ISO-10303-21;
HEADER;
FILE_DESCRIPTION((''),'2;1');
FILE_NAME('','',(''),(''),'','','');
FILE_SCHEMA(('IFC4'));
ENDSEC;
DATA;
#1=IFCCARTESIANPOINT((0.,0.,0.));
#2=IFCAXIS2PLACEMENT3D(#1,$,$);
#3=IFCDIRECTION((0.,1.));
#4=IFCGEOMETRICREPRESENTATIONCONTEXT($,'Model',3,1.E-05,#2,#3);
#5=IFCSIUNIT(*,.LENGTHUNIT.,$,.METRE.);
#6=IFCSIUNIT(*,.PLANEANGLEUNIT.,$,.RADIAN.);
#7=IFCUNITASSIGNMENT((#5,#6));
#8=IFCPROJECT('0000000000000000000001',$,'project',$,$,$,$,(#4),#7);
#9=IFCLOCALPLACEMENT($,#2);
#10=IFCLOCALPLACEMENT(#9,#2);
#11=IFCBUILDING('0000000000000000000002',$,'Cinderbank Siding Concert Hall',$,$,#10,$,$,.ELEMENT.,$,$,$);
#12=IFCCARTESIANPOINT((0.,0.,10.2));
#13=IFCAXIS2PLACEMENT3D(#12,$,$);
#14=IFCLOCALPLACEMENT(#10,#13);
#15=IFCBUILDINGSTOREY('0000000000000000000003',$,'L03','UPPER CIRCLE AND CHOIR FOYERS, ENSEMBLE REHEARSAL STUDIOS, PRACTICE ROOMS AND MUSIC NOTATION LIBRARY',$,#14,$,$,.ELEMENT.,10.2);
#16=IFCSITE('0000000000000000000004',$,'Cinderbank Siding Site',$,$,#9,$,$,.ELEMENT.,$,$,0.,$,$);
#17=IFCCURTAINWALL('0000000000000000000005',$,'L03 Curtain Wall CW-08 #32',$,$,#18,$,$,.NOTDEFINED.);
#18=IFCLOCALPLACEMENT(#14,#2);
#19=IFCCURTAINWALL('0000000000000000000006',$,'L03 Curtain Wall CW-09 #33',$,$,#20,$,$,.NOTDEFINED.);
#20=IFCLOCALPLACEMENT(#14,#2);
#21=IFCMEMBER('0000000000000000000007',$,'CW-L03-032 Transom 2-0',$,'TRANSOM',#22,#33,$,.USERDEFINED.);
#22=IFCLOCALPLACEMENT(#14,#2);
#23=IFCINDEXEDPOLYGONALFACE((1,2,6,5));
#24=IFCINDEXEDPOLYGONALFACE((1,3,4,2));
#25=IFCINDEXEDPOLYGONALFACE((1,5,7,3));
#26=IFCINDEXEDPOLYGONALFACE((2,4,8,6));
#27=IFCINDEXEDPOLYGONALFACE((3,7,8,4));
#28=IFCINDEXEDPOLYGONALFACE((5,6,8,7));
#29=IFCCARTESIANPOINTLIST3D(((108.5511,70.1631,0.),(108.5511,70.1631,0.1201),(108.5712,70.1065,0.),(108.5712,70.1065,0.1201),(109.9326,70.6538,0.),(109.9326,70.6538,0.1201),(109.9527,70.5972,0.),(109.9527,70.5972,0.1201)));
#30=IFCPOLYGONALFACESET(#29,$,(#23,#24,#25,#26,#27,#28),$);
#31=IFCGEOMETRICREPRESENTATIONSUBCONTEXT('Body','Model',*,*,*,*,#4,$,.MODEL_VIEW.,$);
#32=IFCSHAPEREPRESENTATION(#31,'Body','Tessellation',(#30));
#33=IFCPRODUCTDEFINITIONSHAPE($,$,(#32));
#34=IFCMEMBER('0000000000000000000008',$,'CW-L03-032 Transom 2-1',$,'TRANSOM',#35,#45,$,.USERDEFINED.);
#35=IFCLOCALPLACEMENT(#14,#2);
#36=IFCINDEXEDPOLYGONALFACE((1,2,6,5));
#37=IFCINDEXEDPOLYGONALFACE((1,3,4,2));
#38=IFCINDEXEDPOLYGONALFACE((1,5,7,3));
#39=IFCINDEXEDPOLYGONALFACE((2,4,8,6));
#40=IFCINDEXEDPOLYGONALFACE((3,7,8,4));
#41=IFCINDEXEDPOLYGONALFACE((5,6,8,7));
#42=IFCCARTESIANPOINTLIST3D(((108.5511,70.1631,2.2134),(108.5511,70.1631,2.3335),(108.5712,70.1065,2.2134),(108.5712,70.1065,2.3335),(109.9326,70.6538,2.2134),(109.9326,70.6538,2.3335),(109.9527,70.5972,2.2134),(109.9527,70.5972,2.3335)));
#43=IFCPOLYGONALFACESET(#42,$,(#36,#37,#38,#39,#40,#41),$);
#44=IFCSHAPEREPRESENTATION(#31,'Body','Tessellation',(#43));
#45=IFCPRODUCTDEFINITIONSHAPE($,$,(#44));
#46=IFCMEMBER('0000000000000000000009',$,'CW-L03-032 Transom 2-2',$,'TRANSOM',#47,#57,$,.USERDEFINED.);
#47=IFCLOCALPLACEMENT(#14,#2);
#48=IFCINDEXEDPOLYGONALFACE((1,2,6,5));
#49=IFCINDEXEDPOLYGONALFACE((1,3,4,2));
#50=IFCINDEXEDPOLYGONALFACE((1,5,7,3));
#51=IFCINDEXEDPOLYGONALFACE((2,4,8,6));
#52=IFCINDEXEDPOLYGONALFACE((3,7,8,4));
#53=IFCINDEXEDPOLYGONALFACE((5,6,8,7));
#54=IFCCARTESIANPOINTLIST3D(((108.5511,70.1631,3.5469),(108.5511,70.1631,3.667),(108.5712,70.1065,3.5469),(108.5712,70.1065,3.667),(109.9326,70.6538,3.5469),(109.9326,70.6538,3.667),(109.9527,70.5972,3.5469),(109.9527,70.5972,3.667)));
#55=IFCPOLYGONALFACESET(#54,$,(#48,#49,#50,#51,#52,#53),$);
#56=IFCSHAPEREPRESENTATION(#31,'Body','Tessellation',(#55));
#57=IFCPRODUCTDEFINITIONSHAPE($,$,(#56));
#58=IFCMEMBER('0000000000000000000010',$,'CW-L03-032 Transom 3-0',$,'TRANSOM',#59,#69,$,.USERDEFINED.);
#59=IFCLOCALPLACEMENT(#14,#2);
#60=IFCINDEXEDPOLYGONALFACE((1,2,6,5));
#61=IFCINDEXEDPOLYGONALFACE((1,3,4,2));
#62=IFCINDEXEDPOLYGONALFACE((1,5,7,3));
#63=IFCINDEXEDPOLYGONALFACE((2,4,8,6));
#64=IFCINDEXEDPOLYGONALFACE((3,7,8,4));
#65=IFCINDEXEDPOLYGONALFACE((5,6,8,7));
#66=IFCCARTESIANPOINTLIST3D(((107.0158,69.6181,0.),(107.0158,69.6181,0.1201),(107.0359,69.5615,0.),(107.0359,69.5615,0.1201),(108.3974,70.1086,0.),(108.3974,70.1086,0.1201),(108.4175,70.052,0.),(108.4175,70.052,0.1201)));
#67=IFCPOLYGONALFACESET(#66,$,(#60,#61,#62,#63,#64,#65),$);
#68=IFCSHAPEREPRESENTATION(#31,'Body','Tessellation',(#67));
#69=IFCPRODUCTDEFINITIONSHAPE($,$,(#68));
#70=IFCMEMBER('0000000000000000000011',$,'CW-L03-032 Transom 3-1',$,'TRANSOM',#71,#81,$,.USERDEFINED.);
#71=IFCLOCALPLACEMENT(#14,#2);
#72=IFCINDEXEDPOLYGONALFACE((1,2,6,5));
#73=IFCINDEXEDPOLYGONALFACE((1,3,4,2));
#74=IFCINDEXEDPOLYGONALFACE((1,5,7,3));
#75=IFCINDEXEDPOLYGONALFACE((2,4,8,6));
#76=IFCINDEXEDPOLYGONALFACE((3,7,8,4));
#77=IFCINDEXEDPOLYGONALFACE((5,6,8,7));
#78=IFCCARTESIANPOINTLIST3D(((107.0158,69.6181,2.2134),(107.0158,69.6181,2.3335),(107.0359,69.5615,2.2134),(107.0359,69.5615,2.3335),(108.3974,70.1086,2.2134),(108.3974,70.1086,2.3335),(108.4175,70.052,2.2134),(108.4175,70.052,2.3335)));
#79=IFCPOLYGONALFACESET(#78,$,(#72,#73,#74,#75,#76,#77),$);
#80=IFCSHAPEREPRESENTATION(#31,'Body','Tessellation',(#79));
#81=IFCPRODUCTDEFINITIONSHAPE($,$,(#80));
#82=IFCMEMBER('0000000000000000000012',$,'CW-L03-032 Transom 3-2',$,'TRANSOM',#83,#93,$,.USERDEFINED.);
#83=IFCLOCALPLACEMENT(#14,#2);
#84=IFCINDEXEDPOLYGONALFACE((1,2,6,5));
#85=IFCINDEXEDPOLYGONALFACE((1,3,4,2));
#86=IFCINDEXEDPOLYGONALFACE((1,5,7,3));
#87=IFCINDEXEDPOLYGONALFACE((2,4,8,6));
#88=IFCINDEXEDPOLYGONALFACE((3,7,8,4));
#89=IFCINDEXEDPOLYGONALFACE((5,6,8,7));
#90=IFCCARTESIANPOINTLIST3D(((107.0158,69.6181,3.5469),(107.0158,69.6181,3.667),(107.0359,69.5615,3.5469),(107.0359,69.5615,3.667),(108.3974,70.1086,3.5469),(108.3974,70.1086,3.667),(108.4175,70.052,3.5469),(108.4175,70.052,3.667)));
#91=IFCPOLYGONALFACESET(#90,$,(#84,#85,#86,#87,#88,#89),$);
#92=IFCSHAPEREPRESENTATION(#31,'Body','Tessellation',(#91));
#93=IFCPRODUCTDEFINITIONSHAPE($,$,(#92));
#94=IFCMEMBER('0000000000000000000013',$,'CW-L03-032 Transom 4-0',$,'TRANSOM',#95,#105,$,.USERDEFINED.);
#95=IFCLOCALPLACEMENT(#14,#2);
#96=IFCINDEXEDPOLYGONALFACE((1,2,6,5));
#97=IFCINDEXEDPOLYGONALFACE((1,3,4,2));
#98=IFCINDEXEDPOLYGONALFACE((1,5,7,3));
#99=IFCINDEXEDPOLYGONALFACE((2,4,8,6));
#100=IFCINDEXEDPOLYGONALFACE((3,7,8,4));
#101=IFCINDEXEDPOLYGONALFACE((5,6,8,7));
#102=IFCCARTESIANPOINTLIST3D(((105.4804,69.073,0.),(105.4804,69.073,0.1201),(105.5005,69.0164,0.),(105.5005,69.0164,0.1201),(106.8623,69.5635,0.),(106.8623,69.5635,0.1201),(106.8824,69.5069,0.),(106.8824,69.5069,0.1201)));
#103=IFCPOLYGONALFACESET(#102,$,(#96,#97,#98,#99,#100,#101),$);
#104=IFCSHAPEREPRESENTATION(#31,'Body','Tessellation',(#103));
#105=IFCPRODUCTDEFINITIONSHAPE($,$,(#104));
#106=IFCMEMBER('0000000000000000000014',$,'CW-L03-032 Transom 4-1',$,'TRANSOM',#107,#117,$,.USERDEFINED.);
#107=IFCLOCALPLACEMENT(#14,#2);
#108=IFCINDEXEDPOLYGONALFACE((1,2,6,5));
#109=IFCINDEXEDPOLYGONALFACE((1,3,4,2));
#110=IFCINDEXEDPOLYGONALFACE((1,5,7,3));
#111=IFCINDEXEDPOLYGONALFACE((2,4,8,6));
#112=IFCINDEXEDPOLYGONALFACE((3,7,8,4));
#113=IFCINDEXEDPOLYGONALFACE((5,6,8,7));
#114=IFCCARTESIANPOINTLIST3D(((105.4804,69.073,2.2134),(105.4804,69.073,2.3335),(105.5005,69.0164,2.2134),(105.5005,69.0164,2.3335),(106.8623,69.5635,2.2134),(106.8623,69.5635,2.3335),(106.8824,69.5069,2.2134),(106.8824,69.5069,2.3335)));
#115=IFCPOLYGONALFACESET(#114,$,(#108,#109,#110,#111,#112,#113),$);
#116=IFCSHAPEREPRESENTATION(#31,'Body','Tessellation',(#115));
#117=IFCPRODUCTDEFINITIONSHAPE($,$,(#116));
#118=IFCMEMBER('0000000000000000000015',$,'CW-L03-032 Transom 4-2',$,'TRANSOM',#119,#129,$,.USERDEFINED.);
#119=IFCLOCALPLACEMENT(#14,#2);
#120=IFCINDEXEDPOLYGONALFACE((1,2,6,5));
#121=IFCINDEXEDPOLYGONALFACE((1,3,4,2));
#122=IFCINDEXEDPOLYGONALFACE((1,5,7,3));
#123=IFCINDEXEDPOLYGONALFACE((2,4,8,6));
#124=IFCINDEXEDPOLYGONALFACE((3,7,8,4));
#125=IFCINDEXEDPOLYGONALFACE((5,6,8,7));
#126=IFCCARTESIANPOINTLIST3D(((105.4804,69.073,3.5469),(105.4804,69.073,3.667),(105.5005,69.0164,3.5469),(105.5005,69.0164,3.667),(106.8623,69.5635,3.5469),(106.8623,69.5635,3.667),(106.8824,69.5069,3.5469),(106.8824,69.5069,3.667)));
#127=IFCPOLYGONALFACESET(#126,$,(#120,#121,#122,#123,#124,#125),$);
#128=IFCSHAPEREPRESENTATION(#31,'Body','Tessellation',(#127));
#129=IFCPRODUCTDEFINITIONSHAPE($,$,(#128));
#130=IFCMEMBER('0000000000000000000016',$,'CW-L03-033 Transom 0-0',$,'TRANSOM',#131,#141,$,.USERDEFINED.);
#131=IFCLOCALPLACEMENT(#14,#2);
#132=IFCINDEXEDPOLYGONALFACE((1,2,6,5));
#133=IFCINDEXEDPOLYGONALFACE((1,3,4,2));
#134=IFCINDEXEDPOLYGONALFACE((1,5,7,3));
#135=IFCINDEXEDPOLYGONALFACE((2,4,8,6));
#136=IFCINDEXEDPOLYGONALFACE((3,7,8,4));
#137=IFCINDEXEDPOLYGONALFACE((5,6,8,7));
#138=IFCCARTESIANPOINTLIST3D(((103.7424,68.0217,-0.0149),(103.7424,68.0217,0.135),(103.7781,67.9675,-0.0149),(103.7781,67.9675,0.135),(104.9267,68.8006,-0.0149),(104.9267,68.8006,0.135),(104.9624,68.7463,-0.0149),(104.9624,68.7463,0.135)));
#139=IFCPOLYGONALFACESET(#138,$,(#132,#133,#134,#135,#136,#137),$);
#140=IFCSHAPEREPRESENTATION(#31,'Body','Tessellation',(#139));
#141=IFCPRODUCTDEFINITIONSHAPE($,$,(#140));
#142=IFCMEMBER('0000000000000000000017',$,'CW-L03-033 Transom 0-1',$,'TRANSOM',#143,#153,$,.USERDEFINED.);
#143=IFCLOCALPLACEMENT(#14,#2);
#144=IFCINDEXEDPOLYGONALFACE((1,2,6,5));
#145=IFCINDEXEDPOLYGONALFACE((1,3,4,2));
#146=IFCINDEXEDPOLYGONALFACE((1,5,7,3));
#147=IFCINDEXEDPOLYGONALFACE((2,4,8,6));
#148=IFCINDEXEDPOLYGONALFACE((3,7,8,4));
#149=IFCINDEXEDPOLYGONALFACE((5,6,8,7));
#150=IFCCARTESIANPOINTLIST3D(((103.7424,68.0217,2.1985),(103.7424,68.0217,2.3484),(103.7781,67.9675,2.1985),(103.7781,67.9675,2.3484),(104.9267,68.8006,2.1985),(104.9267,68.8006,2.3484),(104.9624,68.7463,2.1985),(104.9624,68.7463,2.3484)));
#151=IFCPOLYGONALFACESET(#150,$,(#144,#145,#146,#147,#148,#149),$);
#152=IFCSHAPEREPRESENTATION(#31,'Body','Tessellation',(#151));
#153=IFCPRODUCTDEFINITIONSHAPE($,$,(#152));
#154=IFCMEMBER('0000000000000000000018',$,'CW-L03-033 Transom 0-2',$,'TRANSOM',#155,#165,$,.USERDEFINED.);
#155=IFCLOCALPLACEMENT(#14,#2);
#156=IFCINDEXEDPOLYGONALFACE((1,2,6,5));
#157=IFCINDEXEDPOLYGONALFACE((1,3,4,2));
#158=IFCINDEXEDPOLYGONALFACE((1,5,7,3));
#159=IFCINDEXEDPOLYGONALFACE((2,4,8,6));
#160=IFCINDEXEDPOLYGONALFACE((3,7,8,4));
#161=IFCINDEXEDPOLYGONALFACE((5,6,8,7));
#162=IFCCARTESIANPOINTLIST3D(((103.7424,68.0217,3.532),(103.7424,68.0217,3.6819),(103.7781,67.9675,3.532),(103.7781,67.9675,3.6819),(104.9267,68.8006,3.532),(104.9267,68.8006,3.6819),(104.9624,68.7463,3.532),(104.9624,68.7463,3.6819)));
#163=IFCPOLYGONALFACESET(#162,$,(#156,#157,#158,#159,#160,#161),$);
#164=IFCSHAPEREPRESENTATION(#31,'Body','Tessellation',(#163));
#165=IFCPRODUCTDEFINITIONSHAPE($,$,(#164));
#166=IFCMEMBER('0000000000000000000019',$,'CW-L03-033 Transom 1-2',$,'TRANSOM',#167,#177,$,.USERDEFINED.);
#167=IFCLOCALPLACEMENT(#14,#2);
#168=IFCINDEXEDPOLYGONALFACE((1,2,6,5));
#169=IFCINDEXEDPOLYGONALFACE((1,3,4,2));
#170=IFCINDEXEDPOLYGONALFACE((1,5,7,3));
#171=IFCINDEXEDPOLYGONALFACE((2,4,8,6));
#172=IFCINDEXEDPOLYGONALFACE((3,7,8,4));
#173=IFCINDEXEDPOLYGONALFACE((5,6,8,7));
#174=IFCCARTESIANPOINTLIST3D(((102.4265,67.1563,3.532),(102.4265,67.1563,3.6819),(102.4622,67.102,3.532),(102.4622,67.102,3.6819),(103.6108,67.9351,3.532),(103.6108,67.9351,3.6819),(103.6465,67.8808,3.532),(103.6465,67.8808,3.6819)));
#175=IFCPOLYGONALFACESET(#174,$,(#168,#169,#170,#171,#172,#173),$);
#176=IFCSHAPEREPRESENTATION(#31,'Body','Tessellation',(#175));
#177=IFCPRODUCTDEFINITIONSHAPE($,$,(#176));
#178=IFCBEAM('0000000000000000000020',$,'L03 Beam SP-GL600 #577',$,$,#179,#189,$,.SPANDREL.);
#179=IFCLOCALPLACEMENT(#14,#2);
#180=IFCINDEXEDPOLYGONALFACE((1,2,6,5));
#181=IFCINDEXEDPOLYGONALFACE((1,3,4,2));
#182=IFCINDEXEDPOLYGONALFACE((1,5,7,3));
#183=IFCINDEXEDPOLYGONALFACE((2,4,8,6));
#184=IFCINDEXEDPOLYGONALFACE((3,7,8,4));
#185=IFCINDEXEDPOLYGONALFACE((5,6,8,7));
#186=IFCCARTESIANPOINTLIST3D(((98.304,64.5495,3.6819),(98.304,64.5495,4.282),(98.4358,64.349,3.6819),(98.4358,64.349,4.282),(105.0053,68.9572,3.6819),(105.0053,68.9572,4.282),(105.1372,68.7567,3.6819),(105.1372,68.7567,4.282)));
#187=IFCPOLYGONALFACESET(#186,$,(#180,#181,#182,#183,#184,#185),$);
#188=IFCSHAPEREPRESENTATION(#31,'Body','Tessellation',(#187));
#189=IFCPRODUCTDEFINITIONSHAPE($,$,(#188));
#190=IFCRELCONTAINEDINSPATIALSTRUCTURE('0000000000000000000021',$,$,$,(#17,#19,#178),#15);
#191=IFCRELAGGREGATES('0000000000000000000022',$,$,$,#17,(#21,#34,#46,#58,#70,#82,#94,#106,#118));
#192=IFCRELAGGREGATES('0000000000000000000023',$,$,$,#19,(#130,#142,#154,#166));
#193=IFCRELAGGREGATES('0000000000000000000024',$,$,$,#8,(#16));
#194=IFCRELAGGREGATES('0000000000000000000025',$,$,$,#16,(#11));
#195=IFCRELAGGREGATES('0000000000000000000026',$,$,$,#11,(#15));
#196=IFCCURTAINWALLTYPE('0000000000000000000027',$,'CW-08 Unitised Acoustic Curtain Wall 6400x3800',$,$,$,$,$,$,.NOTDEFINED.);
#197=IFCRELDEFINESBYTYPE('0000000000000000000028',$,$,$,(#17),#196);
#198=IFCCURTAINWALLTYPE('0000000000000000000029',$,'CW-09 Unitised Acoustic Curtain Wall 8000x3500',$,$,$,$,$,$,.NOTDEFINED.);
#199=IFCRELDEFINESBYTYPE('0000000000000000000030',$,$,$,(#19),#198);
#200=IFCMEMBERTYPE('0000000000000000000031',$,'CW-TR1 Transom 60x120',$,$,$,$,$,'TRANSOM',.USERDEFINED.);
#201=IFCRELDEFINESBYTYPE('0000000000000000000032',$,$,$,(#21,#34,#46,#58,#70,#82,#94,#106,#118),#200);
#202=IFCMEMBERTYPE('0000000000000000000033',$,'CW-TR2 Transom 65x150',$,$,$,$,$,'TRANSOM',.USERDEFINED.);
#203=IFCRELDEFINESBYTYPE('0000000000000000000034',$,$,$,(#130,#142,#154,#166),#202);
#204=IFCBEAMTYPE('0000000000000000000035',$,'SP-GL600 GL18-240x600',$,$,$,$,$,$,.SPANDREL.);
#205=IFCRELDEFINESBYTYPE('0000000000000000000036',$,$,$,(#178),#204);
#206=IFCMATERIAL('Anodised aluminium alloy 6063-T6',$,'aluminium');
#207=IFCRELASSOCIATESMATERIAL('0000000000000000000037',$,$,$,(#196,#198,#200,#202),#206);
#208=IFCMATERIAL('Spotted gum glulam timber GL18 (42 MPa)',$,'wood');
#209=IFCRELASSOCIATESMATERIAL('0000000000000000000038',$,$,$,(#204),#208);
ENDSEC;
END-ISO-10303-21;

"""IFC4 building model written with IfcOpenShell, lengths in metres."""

from ifc_helpers import new_model, si_unit, direction, frame, origin, origin_2d, place, context, subcontext, project, spatial, rectangle, extrude, material, material_profile, profile_set, type_object, element, aggregate, save


model = new_model("IFC4")

# Units and contexts
model_context = context("Model", 3, precision=1e-05, world=origin(), true_north=direction((0.0, 1.0)))
body_context = subcontext(model_context, "Body", "Model", "MODEL_VIEW")
ifc_project = project(units=[si_unit("LENGTHUNIT", "METRE"), si_unit("PLANEANGLEUNIT", "RADIAN")], contexts=[model_context])

# Site, building, storey
site_placement = place(None, origin())
site = spatial("IfcSite", under=ifc_project, at=site_placement, Name="Cinderbank Siding Site", CompositionType="ELEMENT", RefElevation=0.0)
building_placement = place(site_placement, origin())
building = spatial("IfcBuilding", under=site, at=building_placement, Name="Cinderbank Siding Concert Hall", CompositionType="ELEMENT")
storey_placement = place(building_placement, frame((0.0, 0.0, 10.2)))
storey = spatial("IfcBuildingStorey", under=building, at=storey_placement, Name="L03", Description="UPPER CIRCLE AND CHOIR FOYERS, ENSEMBLE REHEARSAL STUDIOS, PRACTICE ROOMS AND MUSIC NOTATION LIBRARY", CompositionType="ELEMENT", Elevation=10.2)

# Curtain walls
ifc_material_1 = material(Name="Anodised aluminium alloy 6063-T6", Category="aluminium")
curtain_wall_type_1 = type_object("IfcCurtainWallType", Name="CW-08 Unitised Acoustic Curtain Wall 6400x3800", PredefinedType="NOTDEFINED", material=ifc_material_1)
curtain_wall_1_placement = place(storey_placement, origin())
curtain_wall_1 = element("IfcCurtainWall", 1, at=curtain_wall_1_placement, inside=storey, type_object=curtain_wall_type_1, Name="L03 Curtain Wall CW-08 #32", PredefinedType="NOTDEFINED")
curtain_wall_type_2 = type_object("IfcCurtainWallType", Name="CW-09 Unitised Acoustic Curtain Wall 8000x3500", PredefinedType="NOTDEFINED", material=ifc_material_1)
curtain_wall_2_placement = place(storey_placement, origin())
curtain_wall_2 = element("IfcCurtainWall", 2, at=curtain_wall_2_placement, inside=storey, type_object=curtain_wall_type_2, Name="L03 Curtain Wall CW-09 #33", PredefinedType="NOTDEFINED")

# Members
ifc_material_profile_1 = material_profile(ifc_material_1, rectangle(XDim=0.0601, YDim=0.1201, at=origin_2d()), Name="ALU-TRAN-60x120", Category="LoadBearing")
ifc_profile_set_1 = profile_set([ifc_material_profile_1], Name="Anodised aluminium alloy 6063-T6")
member_type_1 = type_object("IfcMemberType", Name="CW-TR1 Transom 60x120", ElementType="TRANSOM", PredefinedType="USERDEFINED", material=ifc_profile_set_1)
member_1_placement = place(storey_placement, frame((109.9426, 70.6255, 0.0601), z_axis=(-0.942324, -0.334701, 0.0), x_axis=(0.334701, -0.942324, 0.0)))
member_1 = element("IfcMember", 3, at=member_1_placement, type_object=member_type_1, Name="CW-L03-032 Transom 2-0", ObjectType="TRANSOM", PredefinedType="USERDEFINED", context=body_context, shape_type="SweptSolid", body=[
    extrude(rectangle(XDim=0.0601, YDim=0.1201, at=origin_2d()), origin(), (0.0, 0.0, 1.0), 1.4661),
])
member_2_placement = place(storey_placement, frame((109.9426, 70.6255, 2.2734), z_axis=(-0.942324, -0.334701, 0.0), x_axis=(0.334701, -0.942324, 0.0)))
member_2 = element("IfcMember", 4, at=member_2_placement, type_object=member_type_1, Name="CW-L03-032 Transom 2-1", ObjectType="TRANSOM", PredefinedType="USERDEFINED", context=body_context, shape_type="SweptSolid", body=[
    extrude(rectangle(XDim=0.0601, YDim=0.1201, at=origin_2d()), origin(), (0.0, 0.0, 1.0), 1.4661),
])
member_3_placement = place(storey_placement, frame((109.9426, 70.6255, 3.6069), z_axis=(-0.942324, -0.334701, 0.0), x_axis=(0.334701, -0.942324, 0.0)))
member_3 = element("IfcMember", 5, at=member_3_placement, type_object=member_type_1, Name="CW-L03-032 Transom 2-2", ObjectType="TRANSOM", PredefinedType="USERDEFINED", context=body_context, shape_type="SweptSolid", body=[
    extrude(rectangle(XDim=0.0601, YDim=0.1201, at=origin_2d()), origin(), (0.0, 0.0, 1.0), 1.4661),
])
member_4_placement = place(storey_placement, frame((108.4075, 70.0803, 0.0601), z_axis=(-0.942377, -0.334553, 0.0), x_axis=(0.334553, -0.942377, 0.0)))
member_4 = element("IfcMember", 6, at=member_4_placement, type_object=member_type_1, Name="CW-L03-032 Transom 3-0", ObjectType="TRANSOM", PredefinedType="USERDEFINED", context=body_context, shape_type="SweptSolid", body=[
    extrude(rectangle(XDim=0.0601, YDim=0.1201, at=origin_2d()), origin(), (0.0, 0.0, 1.0), 1.4661),
])
member_5_placement = place(storey_placement, frame((108.4075, 70.0803, 2.2734), z_axis=(-0.942377, -0.334553, 0.0), x_axis=(0.334553, -0.942377, 0.0)))
member_5 = element("IfcMember", 7, at=member_5_placement, type_object=member_type_1, Name="CW-L03-032 Transom 3-1", ObjectType="TRANSOM", PredefinedType="USERDEFINED", context=body_context, shape_type="SweptSolid", body=[
    extrude(rectangle(XDim=0.0601, YDim=0.1201, at=origin_2d()), origin(), (0.0, 0.0, 1.0), 1.4661),
])
member_6_placement = place(storey_placement, frame((108.4075, 70.0803, 3.6069), z_axis=(-0.942377, -0.334553, 0.0), x_axis=(0.334553, -0.942377, 0.0)))
member_6 = element("IfcMember", 8, at=member_6_placement, type_object=member_type_1, Name="CW-L03-032 Transom 3-2", ObjectType="TRANSOM", PredefinedType="USERDEFINED", context=body_context, shape_type="SweptSolid", body=[
    extrude(rectangle(XDim=0.0601, YDim=0.1201, at=origin_2d()), origin(), (0.0, 0.0, 1.0), 1.4661),
])
member_7_placement = place(storey_placement, frame((106.8723, 69.5352, 0.0601), z_axis=(-0.942396, -0.3345, 0.0), x_axis=(0.3345, -0.942396, 0.0)))
member_7 = element("IfcMember", 9, at=member_7_placement, type_object=member_type_1, Name="CW-L03-032 Transom 4-0", ObjectType="TRANSOM", PredefinedType="USERDEFINED", context=body_context, shape_type="SweptSolid", body=[
    extrude(rectangle(XDim=0.0601, YDim=0.1201, at=origin_2d()), origin(), (0.0, 0.0, 1.0), 1.4663),
])
member_8_placement = place(storey_placement, frame((106.8723, 69.5352, 2.2734), z_axis=(-0.942396, -0.3345, 0.0), x_axis=(0.3345, -0.942396, 0.0)))
member_8 = element("IfcMember", 10, at=member_8_placement, type_object=member_type_1, Name="CW-L03-032 Transom 4-1", ObjectType="TRANSOM", PredefinedType="USERDEFINED", context=body_context, shape_type="SweptSolid", body=[
    extrude(rectangle(XDim=0.0601, YDim=0.1201, at=origin_2d()), origin(), (0.0, 0.0, 1.0), 1.4663),
])
member_9_placement = place(storey_placement, frame((106.8723, 69.5352, 3.6069), z_axis=(-0.942396, -0.3345, 0.0), x_axis=(0.3345, -0.942396, 0.0)))
member_9 = element("IfcMember", 11, at=member_9_placement, type_object=member_type_1, Name="CW-L03-032 Transom 4-2", ObjectType="TRANSOM", PredefinedType="USERDEFINED", context=body_context, shape_type="SweptSolid", body=[
    extrude(rectangle(XDim=0.0601, YDim=0.1201, at=origin_2d()), origin(), (0.0, 0.0, 1.0), 1.4663),
])
ifc_material_profile_2 = material_profile(ifc_material_1, rectangle(XDim=0.0649, YDim=0.1499, at=origin_2d()), Name="ALU-TRAN-65x150", Category="LoadBearing")
ifc_profile_set_2 = profile_set([ifc_material_profile_2], Name="Anodised aluminium alloy 6063-T6")
member_type_2 = type_object("IfcMemberType", Name="CW-TR2 Transom 65x150", ElementType="TRANSOM", PredefinedType="USERDEFINED", material=ifc_profile_set_2)
member_10_placement = place(storey_placement, frame((104.9446, 68.7734, 0.0601), z_axis=(-0.835532, -0.549443, 0.0), x_axis=(0.549443, -0.835532, 0.0)))
member_10 = element("IfcMember", 12, at=member_10_placement, type_object=member_type_2, Name="CW-L03-033 Transom 0-0", ObjectType="TRANSOM", PredefinedType="USERDEFINED", context=body_context, shape_type="SweptSolid", body=[
    extrude(rectangle(XDim=0.0649, YDim=0.1499, at=origin_2d()), origin(), (0.0, 0.0, 1.0), 1.4175),
])
member_11_placement = place(storey_placement, frame((104.9446, 68.7734, 2.2734), z_axis=(-0.835532, -0.549443, 0.0), x_axis=(0.549443, -0.835532, 0.0)))
member_11 = element("IfcMember", 13, at=member_11_placement, type_object=member_type_2, Name="CW-L03-033 Transom 0-1", ObjectType="TRANSOM", PredefinedType="USERDEFINED", context=body_context, shape_type="SweptSolid", body=[
    extrude(rectangle(XDim=0.0649, YDim=0.1499, at=origin_2d()), origin(), (0.0, 0.0, 1.0), 1.4175),
])
member_12_placement = place(storey_placement, frame((104.9446, 68.7734, 3.6069), z_axis=(-0.835532, -0.549443, 0.0), x_axis=(0.549443, -0.835532, 0.0)))
member_12 = element("IfcMember", 14, at=member_12_placement, type_object=member_type_2, Name="CW-L03-033 Transom 0-2", ObjectType="TRANSOM", PredefinedType="USERDEFINED", context=body_context, shape_type="SweptSolid", body=[
    extrude(rectangle(XDim=0.0649, YDim=0.1499, at=origin_2d()), origin(), (0.0, 0.0, 1.0), 1.4175),
])
member_13_placement = place(storey_placement, frame((103.6287, 67.908, 3.6069), z_axis=(-0.835532, -0.549443, 0.0), x_axis=(0.549443, -0.835532, 0.0)))
member_13 = element("IfcMember", 15, at=member_13_placement, type_object=member_type_2, Name="CW-L03-033 Transom 1-2", ObjectType="TRANSOM", PredefinedType="USERDEFINED", context=body_context, shape_type="SweptSolid", body=[
    extrude(rectangle(XDim=0.0649, YDim=0.1499, at=origin_2d()), origin(), (0.0, 0.0, 1.0), 1.4175),
])

# Beam
ifc_material_2 = material(Name="Spotted gum glulam timber GL18 (42 MPa)", Category="wood")
ifc_material_profile_3 = material_profile(ifc_material_2, rectangle(XDim=0.24, YDim=0.6001, at=origin_2d()), Name="GL18-240x600", Category="LoadBearing")
ifc_profile_set_3 = profile_set([ifc_material_profile_3], Name="Spotted gum glulam timber GL18 (42 MPa)")
beam_type = type_object("IfcBeamType", Name="SP-GL600 GL18-240x600", PredefinedType="SPANDREL", material=ifc_profile_set_3)
beam_placement = place(storey_placement, frame((105.0713, 68.8569, 3.9819), z_axis=(-0.835481, -0.54952, 0.0), x_axis=(0.54952, -0.835481, 0.0)))
element("IfcBeam", 16, at=beam_placement, inside=storey, type_object=beam_type, Name="L03 Beam SP-GL600 #577", PredefinedType="SPANDREL", context=body_context, shape_type="SweptSolid", body=[
    extrude(rectangle(XDim=0.24, YDim=0.6001, at=origin_2d()), origin(), (0.0, 0.0, 1.0), 8.021),
])

aggregate(curtain_wall_1, [member_1, member_2, member_3, member_4, member_5, member_6, member_7, member_8, member_9])
aggregate(curtain_wall_2, [member_10, member_11, member_12, member_13])

save(model, "model.ifc")
